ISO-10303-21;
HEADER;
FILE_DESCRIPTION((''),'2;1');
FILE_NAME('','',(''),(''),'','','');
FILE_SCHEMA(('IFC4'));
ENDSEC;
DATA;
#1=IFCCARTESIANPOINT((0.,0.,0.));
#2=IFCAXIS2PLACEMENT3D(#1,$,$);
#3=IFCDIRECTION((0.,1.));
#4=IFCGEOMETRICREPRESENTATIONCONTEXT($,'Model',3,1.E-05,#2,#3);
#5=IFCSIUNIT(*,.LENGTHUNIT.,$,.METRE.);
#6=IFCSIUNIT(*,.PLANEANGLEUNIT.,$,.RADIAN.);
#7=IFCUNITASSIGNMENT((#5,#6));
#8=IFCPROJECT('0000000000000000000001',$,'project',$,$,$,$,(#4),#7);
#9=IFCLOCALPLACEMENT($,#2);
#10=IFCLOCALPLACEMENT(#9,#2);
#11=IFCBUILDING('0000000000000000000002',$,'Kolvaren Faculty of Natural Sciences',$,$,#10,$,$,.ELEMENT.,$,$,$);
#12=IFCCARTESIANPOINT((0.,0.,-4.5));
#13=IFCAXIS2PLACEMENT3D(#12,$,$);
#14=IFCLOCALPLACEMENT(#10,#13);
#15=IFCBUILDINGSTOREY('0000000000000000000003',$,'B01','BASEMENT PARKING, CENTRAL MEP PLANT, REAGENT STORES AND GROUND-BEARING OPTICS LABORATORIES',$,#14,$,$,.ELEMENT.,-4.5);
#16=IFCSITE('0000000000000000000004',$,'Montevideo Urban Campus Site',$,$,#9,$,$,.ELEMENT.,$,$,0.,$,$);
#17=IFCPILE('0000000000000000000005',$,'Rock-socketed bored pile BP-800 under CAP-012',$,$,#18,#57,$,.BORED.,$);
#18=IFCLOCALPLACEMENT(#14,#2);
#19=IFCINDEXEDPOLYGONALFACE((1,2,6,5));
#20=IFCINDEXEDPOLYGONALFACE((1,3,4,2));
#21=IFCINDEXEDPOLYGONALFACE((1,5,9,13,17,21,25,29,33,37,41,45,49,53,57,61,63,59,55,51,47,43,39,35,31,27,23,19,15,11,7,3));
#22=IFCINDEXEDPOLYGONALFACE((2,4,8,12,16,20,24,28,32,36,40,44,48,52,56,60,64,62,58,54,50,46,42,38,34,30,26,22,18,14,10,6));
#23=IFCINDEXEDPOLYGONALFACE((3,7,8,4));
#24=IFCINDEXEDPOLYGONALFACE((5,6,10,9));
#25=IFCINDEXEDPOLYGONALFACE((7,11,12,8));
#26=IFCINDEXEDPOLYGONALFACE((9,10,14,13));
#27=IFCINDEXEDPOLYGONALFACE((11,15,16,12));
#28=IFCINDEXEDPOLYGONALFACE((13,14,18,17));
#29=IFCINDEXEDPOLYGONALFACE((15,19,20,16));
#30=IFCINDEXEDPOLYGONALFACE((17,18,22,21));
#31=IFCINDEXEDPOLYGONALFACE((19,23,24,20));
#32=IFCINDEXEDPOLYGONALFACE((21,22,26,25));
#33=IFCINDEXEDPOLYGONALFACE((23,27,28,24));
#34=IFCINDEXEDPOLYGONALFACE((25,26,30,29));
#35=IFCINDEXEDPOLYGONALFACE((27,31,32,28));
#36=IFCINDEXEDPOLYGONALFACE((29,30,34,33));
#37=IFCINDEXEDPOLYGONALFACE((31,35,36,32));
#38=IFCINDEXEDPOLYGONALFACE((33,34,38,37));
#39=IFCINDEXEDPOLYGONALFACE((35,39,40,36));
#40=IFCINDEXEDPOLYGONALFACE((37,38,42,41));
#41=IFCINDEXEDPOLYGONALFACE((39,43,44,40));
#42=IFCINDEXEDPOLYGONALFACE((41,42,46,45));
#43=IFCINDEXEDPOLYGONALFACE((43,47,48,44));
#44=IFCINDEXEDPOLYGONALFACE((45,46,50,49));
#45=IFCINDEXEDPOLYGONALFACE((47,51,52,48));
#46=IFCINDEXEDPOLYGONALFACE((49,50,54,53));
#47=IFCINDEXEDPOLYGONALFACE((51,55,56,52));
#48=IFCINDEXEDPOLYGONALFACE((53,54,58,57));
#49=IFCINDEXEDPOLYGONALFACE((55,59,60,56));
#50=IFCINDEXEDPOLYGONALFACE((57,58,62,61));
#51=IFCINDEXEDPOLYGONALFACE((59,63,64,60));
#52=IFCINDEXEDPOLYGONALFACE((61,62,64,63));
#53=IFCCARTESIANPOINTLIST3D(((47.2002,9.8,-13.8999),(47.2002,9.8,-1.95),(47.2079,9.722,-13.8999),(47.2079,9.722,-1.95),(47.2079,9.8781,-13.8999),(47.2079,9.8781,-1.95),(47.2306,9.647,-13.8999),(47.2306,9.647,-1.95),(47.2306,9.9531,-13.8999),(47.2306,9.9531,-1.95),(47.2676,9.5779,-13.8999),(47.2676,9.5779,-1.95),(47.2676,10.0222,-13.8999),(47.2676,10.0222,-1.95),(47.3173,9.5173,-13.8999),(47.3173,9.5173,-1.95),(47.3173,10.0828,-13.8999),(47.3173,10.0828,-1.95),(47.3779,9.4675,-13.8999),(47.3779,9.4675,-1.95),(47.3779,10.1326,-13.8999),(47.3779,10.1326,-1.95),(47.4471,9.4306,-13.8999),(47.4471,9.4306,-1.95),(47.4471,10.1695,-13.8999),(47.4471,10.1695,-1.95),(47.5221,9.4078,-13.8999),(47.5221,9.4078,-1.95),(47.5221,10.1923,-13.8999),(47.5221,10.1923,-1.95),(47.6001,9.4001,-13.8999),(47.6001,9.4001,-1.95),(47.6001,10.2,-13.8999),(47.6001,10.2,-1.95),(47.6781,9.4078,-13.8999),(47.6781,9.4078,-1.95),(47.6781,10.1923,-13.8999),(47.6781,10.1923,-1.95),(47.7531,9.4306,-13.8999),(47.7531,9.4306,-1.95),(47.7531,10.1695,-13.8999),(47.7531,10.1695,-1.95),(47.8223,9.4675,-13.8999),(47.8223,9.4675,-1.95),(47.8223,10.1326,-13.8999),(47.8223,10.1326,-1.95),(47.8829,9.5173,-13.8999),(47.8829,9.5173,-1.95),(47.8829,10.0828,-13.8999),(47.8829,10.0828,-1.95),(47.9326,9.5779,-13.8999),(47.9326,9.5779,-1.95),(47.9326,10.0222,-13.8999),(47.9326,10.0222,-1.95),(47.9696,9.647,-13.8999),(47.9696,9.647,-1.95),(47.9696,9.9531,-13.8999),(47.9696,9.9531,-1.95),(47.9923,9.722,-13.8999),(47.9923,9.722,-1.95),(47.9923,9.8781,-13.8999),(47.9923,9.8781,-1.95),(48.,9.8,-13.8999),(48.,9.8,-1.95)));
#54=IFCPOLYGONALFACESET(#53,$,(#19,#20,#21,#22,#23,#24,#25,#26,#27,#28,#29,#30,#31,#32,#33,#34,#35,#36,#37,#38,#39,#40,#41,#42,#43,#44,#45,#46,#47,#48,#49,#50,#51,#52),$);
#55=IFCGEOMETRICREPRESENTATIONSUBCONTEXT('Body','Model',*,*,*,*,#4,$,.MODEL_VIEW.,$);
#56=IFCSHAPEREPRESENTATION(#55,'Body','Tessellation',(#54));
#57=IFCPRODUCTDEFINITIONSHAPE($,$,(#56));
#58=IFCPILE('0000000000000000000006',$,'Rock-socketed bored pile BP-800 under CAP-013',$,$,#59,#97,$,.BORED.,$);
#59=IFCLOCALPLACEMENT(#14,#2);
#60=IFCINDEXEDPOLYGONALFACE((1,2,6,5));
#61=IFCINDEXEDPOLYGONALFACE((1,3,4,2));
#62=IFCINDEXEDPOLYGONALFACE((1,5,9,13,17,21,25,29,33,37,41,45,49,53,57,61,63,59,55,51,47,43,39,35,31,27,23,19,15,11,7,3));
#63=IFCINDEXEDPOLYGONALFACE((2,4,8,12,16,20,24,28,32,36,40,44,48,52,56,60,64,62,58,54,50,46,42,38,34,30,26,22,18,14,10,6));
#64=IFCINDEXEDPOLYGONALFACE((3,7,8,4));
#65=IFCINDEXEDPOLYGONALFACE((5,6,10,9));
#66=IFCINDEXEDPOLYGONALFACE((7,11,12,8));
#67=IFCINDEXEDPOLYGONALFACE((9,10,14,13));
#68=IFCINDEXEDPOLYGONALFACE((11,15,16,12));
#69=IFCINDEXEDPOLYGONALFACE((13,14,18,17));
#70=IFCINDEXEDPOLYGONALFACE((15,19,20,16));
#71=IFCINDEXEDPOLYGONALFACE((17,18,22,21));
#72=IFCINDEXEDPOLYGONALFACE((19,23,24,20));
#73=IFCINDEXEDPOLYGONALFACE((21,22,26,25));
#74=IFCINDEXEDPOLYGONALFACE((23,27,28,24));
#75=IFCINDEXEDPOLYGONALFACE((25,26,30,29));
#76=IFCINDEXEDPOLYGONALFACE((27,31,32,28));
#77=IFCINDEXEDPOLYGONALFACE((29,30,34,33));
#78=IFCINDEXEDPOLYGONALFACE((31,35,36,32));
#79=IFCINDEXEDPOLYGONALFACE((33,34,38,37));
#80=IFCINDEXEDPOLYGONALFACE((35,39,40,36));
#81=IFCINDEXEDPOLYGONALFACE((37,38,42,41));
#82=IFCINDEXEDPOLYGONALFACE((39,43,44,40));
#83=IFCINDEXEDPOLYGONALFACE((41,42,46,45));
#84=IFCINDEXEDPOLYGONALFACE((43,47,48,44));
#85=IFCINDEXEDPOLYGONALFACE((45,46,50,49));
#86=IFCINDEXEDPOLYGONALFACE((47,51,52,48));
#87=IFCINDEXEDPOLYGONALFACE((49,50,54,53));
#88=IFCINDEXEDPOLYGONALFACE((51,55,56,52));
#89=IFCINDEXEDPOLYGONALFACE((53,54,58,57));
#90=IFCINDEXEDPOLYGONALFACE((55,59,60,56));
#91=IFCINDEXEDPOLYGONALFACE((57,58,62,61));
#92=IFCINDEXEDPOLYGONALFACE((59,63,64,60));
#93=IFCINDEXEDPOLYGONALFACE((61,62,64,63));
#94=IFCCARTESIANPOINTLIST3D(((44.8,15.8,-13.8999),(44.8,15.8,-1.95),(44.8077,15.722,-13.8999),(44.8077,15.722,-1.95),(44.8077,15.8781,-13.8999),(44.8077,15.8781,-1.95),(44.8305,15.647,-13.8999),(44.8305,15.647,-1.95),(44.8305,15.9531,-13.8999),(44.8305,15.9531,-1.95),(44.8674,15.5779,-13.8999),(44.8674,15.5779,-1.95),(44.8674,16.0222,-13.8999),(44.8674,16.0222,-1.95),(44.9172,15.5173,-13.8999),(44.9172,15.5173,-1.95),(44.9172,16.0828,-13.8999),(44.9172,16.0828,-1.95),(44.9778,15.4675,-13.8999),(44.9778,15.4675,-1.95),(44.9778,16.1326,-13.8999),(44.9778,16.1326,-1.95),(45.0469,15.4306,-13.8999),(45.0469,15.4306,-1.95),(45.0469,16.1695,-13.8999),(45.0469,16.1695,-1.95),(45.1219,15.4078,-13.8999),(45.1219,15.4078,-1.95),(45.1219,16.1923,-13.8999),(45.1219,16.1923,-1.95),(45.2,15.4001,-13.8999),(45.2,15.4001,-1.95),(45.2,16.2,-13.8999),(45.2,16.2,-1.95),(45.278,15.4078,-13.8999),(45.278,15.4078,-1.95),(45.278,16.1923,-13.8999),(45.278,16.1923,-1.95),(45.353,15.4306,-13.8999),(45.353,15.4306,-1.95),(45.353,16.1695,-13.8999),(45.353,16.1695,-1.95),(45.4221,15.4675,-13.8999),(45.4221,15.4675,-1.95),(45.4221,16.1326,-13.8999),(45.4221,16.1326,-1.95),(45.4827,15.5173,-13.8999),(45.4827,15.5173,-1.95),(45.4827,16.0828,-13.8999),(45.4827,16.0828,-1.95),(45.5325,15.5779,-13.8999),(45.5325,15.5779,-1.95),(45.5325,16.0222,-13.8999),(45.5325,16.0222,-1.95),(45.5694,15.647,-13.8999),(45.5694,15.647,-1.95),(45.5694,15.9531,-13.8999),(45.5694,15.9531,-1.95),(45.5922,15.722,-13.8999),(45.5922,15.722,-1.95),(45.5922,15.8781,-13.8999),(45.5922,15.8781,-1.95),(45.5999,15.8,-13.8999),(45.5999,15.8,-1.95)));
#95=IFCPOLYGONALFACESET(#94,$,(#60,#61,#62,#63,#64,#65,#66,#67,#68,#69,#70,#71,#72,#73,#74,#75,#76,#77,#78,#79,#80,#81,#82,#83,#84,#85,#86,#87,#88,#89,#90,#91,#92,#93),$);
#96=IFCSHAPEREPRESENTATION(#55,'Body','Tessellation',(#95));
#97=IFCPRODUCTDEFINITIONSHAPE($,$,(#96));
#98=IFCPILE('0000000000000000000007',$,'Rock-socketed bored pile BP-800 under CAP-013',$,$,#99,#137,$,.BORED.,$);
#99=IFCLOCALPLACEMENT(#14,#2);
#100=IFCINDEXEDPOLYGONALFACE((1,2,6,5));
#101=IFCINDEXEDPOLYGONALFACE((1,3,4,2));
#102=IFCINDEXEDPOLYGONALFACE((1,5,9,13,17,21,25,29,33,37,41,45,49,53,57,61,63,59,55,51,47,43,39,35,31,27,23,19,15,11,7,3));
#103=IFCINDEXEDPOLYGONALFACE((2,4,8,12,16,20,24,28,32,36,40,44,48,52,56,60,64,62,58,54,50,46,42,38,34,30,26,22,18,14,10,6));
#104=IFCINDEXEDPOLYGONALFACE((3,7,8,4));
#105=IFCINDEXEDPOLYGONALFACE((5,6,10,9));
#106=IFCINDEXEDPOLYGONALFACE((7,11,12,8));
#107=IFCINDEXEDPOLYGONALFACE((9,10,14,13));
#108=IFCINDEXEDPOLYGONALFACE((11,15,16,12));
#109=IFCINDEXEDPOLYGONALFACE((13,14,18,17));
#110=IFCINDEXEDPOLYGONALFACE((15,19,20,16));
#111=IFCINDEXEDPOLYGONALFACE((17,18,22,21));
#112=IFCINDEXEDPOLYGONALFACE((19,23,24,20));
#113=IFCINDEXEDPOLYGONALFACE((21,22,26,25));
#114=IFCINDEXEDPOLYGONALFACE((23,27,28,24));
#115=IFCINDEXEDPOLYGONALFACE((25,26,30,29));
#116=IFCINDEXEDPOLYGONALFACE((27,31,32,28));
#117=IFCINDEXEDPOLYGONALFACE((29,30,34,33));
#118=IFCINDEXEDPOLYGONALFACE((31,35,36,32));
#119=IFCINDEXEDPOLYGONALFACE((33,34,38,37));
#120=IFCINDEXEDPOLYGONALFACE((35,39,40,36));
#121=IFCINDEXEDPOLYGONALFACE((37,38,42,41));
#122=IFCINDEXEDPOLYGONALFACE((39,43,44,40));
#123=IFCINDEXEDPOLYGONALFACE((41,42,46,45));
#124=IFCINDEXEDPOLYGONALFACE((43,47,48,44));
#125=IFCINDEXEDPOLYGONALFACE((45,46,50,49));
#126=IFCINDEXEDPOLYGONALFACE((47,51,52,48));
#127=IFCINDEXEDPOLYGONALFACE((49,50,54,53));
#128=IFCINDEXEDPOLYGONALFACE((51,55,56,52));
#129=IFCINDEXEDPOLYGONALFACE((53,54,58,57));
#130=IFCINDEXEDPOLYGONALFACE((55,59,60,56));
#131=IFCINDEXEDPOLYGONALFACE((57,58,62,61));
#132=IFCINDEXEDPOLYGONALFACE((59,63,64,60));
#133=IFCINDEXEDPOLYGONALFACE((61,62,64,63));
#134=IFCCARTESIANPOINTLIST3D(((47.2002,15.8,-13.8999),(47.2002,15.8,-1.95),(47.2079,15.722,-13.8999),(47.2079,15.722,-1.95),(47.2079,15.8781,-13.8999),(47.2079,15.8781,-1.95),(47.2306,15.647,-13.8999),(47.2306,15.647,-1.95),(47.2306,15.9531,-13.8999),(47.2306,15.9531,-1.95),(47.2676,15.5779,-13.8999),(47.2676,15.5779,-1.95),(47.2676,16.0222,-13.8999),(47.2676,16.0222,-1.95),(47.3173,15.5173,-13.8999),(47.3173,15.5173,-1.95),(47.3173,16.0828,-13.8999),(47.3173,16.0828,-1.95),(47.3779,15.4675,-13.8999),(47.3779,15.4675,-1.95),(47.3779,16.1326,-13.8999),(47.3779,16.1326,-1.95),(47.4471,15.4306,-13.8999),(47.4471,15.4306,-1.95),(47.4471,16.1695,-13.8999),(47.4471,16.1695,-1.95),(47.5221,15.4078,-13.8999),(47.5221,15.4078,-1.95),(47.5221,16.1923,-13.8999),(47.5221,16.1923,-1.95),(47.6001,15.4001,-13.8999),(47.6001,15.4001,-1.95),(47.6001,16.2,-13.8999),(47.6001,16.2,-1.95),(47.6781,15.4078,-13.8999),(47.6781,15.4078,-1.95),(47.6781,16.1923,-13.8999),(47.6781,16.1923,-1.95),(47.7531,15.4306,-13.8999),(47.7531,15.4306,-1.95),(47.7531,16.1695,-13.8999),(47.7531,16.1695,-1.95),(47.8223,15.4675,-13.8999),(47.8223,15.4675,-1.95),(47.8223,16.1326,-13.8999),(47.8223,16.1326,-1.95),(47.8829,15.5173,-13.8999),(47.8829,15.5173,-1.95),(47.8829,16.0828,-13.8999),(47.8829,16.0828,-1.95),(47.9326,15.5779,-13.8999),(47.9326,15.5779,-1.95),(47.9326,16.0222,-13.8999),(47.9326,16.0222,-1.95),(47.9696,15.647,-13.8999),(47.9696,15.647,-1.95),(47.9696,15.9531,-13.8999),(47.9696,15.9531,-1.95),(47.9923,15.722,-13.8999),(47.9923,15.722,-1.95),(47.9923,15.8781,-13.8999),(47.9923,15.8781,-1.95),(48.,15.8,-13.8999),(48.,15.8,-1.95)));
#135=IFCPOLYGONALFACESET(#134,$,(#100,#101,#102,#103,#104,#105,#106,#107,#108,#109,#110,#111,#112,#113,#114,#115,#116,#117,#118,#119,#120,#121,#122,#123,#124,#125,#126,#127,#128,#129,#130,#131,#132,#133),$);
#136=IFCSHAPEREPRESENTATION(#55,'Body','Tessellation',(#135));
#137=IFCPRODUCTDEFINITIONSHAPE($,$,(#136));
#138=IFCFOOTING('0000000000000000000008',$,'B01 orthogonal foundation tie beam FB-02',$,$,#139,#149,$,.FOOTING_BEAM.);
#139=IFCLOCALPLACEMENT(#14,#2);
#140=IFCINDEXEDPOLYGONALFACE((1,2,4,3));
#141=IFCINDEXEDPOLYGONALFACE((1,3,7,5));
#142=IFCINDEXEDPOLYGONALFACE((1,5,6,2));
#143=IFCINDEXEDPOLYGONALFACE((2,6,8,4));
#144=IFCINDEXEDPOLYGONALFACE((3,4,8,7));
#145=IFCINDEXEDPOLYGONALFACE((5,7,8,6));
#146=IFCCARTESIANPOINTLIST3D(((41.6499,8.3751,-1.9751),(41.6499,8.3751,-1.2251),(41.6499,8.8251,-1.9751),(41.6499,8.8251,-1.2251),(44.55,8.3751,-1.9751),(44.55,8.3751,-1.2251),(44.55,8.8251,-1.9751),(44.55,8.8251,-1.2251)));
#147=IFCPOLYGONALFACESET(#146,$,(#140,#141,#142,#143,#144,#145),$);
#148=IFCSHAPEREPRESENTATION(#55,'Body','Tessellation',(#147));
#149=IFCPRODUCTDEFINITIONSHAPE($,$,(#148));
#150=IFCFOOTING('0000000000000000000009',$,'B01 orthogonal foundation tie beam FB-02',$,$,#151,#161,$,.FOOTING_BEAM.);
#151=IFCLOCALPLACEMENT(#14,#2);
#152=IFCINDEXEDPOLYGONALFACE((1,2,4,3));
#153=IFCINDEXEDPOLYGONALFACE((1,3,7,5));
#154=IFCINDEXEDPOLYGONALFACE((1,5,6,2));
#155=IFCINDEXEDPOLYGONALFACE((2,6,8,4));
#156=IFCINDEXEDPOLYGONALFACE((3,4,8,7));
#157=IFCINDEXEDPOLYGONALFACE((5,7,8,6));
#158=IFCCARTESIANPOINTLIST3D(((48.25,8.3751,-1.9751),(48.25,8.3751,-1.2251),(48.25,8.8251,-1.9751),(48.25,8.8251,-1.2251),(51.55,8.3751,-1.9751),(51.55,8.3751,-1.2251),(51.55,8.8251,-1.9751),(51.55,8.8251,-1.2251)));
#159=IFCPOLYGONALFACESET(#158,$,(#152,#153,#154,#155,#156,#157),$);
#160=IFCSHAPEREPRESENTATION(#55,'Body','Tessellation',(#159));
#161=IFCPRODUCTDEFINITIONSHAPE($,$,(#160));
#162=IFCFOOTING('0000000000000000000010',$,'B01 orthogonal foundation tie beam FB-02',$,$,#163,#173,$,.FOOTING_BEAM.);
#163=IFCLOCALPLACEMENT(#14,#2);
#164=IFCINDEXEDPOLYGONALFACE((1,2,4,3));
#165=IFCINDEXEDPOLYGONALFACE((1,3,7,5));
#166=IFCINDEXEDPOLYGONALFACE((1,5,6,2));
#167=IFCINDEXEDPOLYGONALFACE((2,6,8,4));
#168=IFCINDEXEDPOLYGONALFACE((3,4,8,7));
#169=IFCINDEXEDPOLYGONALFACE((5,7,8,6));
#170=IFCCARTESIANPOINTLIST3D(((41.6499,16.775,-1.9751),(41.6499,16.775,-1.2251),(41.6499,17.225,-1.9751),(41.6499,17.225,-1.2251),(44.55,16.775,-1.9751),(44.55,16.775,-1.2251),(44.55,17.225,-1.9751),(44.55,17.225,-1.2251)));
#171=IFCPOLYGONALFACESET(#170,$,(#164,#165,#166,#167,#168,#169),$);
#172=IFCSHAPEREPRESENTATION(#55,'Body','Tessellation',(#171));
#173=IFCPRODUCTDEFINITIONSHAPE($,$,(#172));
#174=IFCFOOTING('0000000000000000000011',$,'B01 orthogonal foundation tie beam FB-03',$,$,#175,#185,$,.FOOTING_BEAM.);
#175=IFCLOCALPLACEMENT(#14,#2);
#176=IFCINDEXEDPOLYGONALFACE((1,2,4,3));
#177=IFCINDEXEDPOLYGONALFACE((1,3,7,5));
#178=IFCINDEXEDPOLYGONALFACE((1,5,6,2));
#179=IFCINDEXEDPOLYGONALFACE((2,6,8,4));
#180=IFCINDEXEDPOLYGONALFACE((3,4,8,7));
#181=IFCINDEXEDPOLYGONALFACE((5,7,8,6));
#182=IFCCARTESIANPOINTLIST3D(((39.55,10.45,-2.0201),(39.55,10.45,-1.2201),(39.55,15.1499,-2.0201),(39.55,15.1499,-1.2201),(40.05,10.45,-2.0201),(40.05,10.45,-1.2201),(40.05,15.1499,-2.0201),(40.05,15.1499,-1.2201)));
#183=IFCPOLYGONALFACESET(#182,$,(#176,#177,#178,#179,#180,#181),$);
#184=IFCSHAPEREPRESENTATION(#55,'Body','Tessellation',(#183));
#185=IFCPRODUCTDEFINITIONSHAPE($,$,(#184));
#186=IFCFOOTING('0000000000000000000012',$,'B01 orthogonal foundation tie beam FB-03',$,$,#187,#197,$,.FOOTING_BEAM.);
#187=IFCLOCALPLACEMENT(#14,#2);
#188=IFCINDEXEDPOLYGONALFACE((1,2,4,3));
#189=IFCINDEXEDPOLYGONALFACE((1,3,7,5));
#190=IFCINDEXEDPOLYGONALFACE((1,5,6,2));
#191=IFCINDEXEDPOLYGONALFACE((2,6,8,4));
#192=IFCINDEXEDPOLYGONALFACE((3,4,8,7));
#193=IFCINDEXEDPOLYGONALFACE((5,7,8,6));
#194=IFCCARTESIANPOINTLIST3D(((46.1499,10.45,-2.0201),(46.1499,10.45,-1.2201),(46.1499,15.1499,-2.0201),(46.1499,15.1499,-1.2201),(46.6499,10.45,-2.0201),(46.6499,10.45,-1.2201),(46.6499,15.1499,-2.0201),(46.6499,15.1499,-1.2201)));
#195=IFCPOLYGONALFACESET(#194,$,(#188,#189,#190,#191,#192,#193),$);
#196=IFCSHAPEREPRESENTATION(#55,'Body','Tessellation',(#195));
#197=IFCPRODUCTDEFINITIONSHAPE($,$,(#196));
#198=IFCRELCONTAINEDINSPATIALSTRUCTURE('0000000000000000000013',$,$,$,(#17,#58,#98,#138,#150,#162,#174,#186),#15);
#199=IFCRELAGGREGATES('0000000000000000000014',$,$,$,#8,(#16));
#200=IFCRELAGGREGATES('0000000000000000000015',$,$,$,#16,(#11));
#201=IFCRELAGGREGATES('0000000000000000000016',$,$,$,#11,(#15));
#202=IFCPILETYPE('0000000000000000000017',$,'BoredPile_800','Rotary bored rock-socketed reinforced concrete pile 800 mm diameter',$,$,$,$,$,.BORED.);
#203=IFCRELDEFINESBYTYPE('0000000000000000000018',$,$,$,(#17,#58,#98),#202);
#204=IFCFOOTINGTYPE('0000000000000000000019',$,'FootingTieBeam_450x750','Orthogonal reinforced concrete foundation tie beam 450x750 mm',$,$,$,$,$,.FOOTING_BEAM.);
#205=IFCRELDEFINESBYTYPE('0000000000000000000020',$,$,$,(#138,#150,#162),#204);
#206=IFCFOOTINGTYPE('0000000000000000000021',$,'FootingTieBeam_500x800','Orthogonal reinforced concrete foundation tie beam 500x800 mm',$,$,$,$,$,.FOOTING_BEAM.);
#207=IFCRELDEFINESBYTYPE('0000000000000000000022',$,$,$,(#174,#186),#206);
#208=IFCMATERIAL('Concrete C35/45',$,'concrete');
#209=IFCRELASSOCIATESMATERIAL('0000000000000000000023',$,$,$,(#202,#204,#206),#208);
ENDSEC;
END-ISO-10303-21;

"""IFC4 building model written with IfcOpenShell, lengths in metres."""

from ifc_helpers import new_model, si_unit, direction, frame, origin, origin_2d, place, context, subcontext, project, spatial, rectangle, circle, extrude, material, material_profile, profile_set, type_object, element, save


model = new_model("IFC4")

# Units and contexts
model_context = context("Model", 3, precision=1e-05, world=origin(), true_north=direction((0.0, 1.0)))
body_context = subcontext(model_context, "Body", "Model", "MODEL_VIEW")
ifc_project = project(units=[si_unit("LENGTHUNIT", "METRE"), si_unit("PLANEANGLEUNIT", "RADIAN")], contexts=[model_context])

# Site, building, storey
site_placement = place(None, origin())
site = spatial("IfcSite", under=ifc_project, at=site_placement, Name="Montevideo Urban Campus Site", CompositionType="ELEMENT", RefElevation=0.0)
building_placement = place(site_placement, origin())
building = spatial("IfcBuilding", under=site, at=building_placement, Name="Kolvaren Faculty of Natural Sciences", CompositionType="ELEMENT")
storey_placement = place(building_placement, frame((0.0, 0.0, -4.5)))
storey = spatial("IfcBuildingStorey", under=building, at=storey_placement, Name="B01", Description="BASEMENT PARKING, CENTRAL MEP PLANT, REAGENT STORES AND GROUND-BEARING OPTICS LABORATORIES", CompositionType="ELEMENT", Elevation=-4.5)

# Piles
ifc_material_1 = material(Name="Concrete C35/45", Category="concrete")
ifc_material_profile_1 = material_profile(ifc_material_1, circle(Radius=0.3999, at=origin_2d()), Name="PILE D800")
ifc_profile_set_1 = profile_set([ifc_material_profile_1], Name="Concrete C35/45")
pile_type_1 = type_object("IfcPileType", Name="BoredPile_800", Description="Rotary bored rock-socketed reinforced concrete pile 800 mm diameter", PredefinedType="BORED", material=ifc_profile_set_1)
for number, where, z_axis, x_axis, name in (
    (1, (47.6001, 9.8, -1.95), (0.0, 0.0, -1.0), (1.0, 0.0, 0.0), "Rock-socketed bored pile BP-800 under CAP-012"),
    (2, (45.2, 15.8, -1.95), (0.0, 0.0, -1.0), (1.0, 0.0, 0.0), "Rock-socketed bored pile BP-800 under CAP-013"),
    (3, (47.6001, 15.8, -1.95), (0.0, 0.0, -1.0), (1.0, 0.0, 0.0), "Rock-socketed bored pile BP-800 under CAP-013"),
):
    element("IfcPile", number, at=place(storey_placement, frame(where, z_axis=z_axis, x_axis=x_axis)), inside=storey, type_object=pile_type_1, Name=name, PredefinedType="BORED", context=body_context, shape_type="SweptSolid", body=[
        extrude(circle(Radius=0.3999, at=origin_2d()), origin(), (0.0, 0.0, 1.0), 11.95),
    ])

# Footings
ifc_material_profile_2 = material_profile(ifc_material_1, rectangle(XDim=0.45, YDim=0.75, at=origin_2d()), Name="RC FB 450x750")
ifc_profile_set_2 = profile_set([ifc_material_profile_2], Name="Concrete C35/45")
footing_type_1 = type_object("IfcFootingType", Name="FootingTieBeam_450x750", Description="Orthogonal reinforced concrete foundation tie beam 450x750 mm", PredefinedType="FOOTING_BEAM", material=ifc_profile_set_2)
footing_1_placement = place(storey_placement, frame((41.6499, 8.6001, -1.6001), z_axis=(1.0, 0.0, 0.0), x_axis=(0.0, 1.0, 0.0)))
element("IfcFooting", 4, at=footing_1_placement, inside=storey, type_object=footing_type_1, Name="B01 orthogonal foundation tie beam FB-02", PredefinedType="FOOTING_BEAM", context=body_context, shape_type="SweptSolid", body=[
    extrude(rectangle(XDim=0.45, YDim=0.75, at=origin_2d()), origin(), (0.0, 0.0, 1.0), 2.9001),
])
footing_2_placement = place(storey_placement, frame((48.25, 8.6001, -1.6001), z_axis=(1.0, 0.0, 0.0), x_axis=(0.0, 1.0, 0.0)))
element("IfcFooting", 5, at=footing_2_placement, inside=storey, type_object=footing_type_1, Name="B01 orthogonal foundation tie beam FB-02", PredefinedType="FOOTING_BEAM", context=body_context, shape_type="SweptSolid", body=[
    extrude(rectangle(XDim=0.45, YDim=0.75, at=origin_2d()), origin(), (0.0, 0.0, 1.0), 3.3),
])
footing_3_placement = place(storey_placement, frame((41.6499, 17.0, -1.6001), z_axis=(1.0, 0.0, 0.0), x_axis=(0.0, 1.0, 0.0)))
element("IfcFooting", 6, at=footing_3_placement, inside=storey, type_object=footing_type_1, Name="B01 orthogonal foundation tie beam FB-02", PredefinedType="FOOTING_BEAM", context=body_context, shape_type="SweptSolid", body=[
    extrude(rectangle(XDim=0.45, YDim=0.75, at=origin_2d()), origin(), (0.0, 0.0, 1.0), 2.9001),
])
ifc_material_profile_3 = material_profile(ifc_material_1, rectangle(XDim=0.5, YDim=0.8, at=origin_2d()), Name="RC FB 500x800")
ifc_profile_set_3 = profile_set([ifc_material_profile_3], Name="Concrete C35/45")
footing_type_2 = type_object("IfcFootingType", Name="FootingTieBeam_500x800", Description="Orthogonal reinforced concrete foundation tie beam 500x800 mm", PredefinedType="FOOTING_BEAM", material=ifc_profile_set_3)
for number, where, z_axis, x_axis, name in (
    (7, (39.8, 10.45, -1.6201), (0.0, 1.0, 0.0), (-1.0, 0.0, 0.0), "B01 orthogonal foundation tie beam FB-03"),
    (8, (46.3999, 10.45, -1.6201), (0.0, 1.0, 0.0), (-1.0, 0.0, 0.0), "B01 orthogonal foundation tie beam FB-03"),
):
    element("IfcFooting", number, at=place(storey_placement, frame(where, z_axis=z_axis, x_axis=x_axis)), inside=storey, type_object=footing_type_2, Name=name, PredefinedType="FOOTING_BEAM", context=body_context, shape_type="SweptSolid", body=[
        extrude(rectangle(XDim=0.5, YDim=0.8, at=origin_2d()), origin(), (0.0, 0.0, 1.0), 4.7),
    ])

save(model, "model.ifc")
